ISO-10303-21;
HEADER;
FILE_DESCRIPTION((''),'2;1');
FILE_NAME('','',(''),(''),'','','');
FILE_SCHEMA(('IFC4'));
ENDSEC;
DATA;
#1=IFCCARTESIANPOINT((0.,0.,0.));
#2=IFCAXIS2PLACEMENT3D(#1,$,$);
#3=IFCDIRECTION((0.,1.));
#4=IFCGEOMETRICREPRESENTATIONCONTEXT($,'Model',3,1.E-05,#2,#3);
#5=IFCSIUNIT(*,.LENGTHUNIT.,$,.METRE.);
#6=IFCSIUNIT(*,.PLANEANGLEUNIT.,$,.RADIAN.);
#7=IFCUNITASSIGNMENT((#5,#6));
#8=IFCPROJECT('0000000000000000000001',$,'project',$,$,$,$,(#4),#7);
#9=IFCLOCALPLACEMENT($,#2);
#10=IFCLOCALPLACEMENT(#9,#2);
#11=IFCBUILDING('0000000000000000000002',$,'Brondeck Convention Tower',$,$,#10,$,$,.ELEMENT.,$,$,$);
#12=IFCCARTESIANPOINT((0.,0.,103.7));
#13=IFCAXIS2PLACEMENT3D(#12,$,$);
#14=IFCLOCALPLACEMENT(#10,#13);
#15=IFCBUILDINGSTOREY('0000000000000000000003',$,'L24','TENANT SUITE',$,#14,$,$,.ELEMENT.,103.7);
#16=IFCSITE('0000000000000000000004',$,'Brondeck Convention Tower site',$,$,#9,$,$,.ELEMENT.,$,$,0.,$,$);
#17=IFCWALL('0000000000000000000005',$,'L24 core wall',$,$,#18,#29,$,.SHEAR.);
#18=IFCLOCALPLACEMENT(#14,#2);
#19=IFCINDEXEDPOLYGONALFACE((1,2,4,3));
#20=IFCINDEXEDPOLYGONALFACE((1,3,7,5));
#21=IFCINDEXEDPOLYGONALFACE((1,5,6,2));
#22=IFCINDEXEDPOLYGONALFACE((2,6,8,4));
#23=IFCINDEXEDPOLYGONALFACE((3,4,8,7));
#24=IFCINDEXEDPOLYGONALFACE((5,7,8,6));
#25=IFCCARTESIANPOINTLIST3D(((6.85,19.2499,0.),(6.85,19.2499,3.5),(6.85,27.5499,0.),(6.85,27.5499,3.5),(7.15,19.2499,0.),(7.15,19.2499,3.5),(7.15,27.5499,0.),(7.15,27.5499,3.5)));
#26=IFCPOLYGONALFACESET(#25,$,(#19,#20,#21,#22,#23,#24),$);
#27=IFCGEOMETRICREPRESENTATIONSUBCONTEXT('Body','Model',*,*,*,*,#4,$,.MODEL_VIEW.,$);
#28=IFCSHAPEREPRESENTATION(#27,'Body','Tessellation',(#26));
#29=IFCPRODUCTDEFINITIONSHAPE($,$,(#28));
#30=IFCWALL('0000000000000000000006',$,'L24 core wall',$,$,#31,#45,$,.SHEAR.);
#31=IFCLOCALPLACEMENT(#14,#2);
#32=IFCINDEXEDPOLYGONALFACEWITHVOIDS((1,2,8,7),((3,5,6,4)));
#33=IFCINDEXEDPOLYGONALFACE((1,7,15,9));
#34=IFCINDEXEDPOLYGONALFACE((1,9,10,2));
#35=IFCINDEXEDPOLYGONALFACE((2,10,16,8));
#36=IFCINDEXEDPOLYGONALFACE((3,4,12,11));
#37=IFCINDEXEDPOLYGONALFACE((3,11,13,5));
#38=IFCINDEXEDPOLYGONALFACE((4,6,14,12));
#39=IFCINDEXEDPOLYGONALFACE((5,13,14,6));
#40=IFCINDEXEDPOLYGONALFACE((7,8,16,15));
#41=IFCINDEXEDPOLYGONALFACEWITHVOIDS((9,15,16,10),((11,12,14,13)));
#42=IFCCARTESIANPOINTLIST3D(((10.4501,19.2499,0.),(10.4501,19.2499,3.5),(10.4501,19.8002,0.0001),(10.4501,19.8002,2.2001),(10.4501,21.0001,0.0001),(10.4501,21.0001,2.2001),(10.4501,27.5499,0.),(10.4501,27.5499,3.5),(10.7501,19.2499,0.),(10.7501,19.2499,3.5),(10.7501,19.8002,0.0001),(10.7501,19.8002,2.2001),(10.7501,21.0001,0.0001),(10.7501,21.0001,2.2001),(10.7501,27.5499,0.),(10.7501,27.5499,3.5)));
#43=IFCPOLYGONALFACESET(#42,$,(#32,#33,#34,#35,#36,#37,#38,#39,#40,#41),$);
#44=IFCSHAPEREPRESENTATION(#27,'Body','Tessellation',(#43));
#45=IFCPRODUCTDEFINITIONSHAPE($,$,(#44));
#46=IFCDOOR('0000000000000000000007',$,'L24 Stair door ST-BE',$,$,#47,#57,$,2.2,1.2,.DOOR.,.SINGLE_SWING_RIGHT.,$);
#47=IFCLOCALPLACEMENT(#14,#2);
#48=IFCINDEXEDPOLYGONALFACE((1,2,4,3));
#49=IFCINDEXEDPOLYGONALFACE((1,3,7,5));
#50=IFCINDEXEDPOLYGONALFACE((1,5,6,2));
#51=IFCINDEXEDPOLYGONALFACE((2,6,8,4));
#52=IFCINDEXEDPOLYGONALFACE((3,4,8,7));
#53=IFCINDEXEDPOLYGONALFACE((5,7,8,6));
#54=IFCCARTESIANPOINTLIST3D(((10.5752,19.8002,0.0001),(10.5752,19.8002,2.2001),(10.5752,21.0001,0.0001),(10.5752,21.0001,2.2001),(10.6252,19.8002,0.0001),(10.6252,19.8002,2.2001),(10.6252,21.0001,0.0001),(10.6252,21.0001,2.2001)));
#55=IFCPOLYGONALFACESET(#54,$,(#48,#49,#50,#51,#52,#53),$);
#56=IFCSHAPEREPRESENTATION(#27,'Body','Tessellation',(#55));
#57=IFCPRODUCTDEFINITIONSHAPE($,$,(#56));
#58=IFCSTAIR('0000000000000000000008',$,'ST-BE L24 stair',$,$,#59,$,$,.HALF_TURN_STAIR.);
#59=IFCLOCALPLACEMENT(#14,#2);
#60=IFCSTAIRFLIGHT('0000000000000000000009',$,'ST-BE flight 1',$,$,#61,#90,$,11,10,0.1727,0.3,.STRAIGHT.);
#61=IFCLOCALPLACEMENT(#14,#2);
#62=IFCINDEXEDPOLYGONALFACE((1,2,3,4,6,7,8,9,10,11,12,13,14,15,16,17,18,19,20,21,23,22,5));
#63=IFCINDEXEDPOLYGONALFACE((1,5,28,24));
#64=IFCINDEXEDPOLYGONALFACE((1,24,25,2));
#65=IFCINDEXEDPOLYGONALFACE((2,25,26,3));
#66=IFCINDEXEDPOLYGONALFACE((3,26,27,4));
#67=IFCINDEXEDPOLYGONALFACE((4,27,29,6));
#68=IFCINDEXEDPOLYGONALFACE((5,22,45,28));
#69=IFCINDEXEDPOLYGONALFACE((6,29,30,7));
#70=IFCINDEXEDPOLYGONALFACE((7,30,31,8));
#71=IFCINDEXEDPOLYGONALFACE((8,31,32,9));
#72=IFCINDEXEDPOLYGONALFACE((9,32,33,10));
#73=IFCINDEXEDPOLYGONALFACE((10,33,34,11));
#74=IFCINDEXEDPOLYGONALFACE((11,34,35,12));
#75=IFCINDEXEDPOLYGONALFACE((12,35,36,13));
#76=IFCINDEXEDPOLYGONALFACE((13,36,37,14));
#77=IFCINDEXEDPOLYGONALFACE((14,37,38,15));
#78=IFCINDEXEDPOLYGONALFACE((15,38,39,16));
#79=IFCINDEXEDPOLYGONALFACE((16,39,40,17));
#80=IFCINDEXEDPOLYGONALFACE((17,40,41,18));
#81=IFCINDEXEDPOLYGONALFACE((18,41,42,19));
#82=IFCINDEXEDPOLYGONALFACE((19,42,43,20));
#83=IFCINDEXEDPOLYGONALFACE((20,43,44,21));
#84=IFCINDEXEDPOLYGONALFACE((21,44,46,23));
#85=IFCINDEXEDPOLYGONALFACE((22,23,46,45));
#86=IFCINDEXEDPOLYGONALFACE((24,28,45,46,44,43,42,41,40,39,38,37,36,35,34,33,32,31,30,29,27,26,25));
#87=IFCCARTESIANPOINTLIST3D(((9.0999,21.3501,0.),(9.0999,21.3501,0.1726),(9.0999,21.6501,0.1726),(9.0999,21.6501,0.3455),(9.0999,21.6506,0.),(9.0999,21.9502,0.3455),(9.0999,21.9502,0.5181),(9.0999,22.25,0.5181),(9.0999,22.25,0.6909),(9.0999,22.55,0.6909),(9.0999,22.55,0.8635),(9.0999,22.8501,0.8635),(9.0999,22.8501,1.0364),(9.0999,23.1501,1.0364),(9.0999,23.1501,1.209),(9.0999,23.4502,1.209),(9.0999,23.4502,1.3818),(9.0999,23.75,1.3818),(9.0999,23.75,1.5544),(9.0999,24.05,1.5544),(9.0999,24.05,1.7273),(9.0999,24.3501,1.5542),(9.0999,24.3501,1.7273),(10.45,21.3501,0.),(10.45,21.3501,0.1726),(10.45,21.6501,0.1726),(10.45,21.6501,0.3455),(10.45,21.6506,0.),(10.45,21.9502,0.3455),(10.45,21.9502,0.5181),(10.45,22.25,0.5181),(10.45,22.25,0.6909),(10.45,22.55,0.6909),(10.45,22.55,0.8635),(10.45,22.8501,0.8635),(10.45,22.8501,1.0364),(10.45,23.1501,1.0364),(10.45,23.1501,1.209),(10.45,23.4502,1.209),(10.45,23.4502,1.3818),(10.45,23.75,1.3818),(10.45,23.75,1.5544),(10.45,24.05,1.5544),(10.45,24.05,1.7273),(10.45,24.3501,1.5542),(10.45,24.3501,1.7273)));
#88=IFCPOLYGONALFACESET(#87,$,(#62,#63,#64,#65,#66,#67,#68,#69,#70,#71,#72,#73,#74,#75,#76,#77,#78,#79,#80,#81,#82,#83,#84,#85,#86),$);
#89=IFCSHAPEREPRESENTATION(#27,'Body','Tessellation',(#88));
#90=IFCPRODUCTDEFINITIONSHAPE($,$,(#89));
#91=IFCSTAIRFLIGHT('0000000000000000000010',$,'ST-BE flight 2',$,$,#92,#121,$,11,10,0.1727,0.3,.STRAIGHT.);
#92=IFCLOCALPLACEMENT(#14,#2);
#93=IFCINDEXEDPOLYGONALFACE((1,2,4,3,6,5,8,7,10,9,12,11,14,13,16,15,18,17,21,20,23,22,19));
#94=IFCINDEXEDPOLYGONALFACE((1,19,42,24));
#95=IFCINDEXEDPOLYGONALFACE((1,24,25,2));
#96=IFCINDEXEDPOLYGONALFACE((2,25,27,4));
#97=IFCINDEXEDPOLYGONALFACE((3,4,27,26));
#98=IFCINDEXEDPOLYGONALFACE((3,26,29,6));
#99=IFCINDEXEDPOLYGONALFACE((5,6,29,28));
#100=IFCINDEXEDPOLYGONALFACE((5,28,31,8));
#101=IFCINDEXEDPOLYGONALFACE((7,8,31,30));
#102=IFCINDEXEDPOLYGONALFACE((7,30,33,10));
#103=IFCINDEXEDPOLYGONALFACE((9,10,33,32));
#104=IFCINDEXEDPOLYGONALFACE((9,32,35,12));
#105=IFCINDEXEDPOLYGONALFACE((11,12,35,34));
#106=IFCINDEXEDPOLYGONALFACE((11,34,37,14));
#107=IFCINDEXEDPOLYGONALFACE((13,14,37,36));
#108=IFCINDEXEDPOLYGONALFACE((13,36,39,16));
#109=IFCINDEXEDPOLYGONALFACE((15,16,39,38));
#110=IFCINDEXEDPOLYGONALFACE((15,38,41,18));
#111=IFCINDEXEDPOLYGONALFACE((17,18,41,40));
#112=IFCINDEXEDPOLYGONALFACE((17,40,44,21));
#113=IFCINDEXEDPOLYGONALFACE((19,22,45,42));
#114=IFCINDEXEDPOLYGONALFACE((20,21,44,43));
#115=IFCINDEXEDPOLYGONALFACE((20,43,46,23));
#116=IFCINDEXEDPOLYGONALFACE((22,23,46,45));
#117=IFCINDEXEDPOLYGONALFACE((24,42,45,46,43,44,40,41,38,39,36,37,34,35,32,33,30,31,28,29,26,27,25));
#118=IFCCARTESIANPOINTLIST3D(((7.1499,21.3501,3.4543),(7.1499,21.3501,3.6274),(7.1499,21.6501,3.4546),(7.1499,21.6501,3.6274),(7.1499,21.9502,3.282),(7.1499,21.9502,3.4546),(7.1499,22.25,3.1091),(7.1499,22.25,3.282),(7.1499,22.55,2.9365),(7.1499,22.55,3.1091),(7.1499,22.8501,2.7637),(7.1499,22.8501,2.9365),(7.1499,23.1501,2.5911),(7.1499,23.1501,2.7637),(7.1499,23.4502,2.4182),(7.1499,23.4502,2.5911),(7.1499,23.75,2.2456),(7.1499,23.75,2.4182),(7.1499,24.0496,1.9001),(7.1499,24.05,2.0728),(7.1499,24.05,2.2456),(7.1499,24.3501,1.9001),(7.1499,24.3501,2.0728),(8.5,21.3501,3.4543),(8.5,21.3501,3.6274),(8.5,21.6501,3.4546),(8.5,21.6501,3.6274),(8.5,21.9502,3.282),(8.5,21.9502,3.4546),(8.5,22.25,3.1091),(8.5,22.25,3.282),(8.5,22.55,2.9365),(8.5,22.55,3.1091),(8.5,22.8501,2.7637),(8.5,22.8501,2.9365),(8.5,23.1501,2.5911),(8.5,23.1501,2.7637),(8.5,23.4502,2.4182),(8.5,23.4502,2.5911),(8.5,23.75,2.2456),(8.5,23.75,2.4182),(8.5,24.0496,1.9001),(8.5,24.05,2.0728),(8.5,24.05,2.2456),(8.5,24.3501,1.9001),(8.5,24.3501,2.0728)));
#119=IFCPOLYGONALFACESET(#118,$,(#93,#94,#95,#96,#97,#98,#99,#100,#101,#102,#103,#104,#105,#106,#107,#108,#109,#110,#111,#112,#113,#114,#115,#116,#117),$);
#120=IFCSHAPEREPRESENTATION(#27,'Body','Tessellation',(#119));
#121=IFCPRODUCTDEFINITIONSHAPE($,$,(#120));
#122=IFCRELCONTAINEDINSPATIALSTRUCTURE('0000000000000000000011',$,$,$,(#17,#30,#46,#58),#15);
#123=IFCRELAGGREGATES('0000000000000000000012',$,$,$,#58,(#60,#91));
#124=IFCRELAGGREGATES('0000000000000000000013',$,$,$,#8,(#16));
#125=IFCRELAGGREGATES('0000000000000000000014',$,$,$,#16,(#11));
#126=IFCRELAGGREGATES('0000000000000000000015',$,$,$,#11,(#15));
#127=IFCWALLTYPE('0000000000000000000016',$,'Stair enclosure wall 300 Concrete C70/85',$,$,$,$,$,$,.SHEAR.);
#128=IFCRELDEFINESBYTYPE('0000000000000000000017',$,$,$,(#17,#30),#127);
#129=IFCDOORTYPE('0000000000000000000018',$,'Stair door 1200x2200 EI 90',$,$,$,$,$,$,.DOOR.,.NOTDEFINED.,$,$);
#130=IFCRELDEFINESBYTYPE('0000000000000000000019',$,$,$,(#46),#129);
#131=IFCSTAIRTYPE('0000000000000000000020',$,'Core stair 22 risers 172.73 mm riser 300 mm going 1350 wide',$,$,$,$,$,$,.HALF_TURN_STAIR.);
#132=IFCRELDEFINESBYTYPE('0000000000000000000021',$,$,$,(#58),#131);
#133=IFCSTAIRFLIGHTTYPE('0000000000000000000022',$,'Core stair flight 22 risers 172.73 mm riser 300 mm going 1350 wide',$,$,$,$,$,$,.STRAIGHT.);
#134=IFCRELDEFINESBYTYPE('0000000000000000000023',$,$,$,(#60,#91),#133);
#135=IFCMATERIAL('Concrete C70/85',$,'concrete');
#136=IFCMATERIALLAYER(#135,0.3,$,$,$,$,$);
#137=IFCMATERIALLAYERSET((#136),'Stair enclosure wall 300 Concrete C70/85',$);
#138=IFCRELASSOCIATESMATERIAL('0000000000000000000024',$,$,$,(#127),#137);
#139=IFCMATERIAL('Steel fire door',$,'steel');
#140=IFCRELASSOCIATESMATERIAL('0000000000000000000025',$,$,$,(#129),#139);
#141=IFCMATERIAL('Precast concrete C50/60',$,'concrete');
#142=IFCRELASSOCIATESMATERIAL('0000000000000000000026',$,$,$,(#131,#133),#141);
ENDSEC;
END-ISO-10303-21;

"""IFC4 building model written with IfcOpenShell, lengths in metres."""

from ifc_helpers import new_model, si_unit, direction, frame, frame_2d, origin, place, context, subcontext, project, spatial, polyline, rectangle, outline, extrude, material, layer, layer_set, type_object, element, fill, aggregate, save


model = new_model("IFC4")

# Units and contexts
model_context = context("Model", 3, precision=1e-05, world=origin(), true_north=direction((0.0, 1.0)))
body_context = subcontext(model_context, "Body", "Model", "MODEL_VIEW")
ifc_project = project(units=[si_unit("LENGTHUNIT", "METRE"), si_unit("PLANEANGLEUNIT", "RADIAN")], contexts=[model_context])

# Site, building, storey
site_placement = place(None, origin())
site = spatial("IfcSite", under=ifc_project, at=site_placement, Name="Brondeck Convention Tower site", CompositionType="ELEMENT", RefElevation=0.0)
building_placement = place(site_placement, origin())
building = spatial("IfcBuilding", under=site, at=building_placement, Name="Brondeck Convention Tower", CompositionType="ELEMENT")
storey_placement = place(building_placement, frame((0.0, 0.0, 103.7)))
storey = spatial("IfcBuildingStorey", under=building, at=storey_placement, Name="L24", Description="TENANT SUITE", CompositionType="ELEMENT", Elevation=103.7)

# Shared definitions
ifc_material_1 = material(Name="Concrete C70/85", Category="concrete")

# Wall
ifc_layer_1 = layer(ifc_material_1, 0.3)
ifc_layer_set_1 = layer_set([ifc_layer_1], Name="Stair enclosure wall 300 Concrete C70/85")
wall_type_1 = type_object("IfcWallType", Name="Stair enclosure wall 300 Concrete C70/85", PredefinedType="SHEAR", material=ifc_layer_set_1)
wall_1_placement = place(storey_placement, frame((7.0, 19.25, 0.0), z_axis=(0.0, 0.0, 1.0), x_axis=(0.0, 1.0, 0.0)))
element("IfcWall", 1, at=wall_1_placement, inside=storey, type_object=wall_type_1, Name="L24 core wall", PredefinedType="SHEAR", context=body_context, shape_type="SweptSolid", body=[
    extrude(rectangle(XDim=8.3, YDim=0.3, at=frame_2d((4.1499, 0.0))), origin(), (0.0, 0.0, 1.0), 3.5),
])

# Wall, opening, door
wall_2_placement = place(storey_placement, frame((10.6001, 19.25, 0.0), z_axis=(0.0, 0.0, 1.0), x_axis=(0.0, 1.0, 0.0)))
wall_2 = element("IfcWall", 2, at=wall_2_placement, inside=storey, type_object=wall_type_1, Name="L24 core wall", PredefinedType="SHEAR", context=body_context, shape_type="SweptSolid", body=[
    extrude(rectangle(XDim=8.3, YDim=0.3, at=frame_2d((4.1499, 0.0))), origin(), (0.0, 0.0, 1.0), 3.5),
])
opening_1_placement = place(wall_2_placement, frame((0.55, 0.0, 0.0)))
opening_1 = element("IfcOpeningElement", 3, at=opening_1_placement, cuts=wall_2, PredefinedType="OPENING", context=body_context, shape_type="SweptSolid", body=[
    extrude(rectangle(XDim=1.2, YDim=2.2, at=frame_2d((0.6001, 1.1001))), frame((0.0, 0.1599, 0.0), z_axis=(0.0, -1.0, 0.0), x_axis=(1.0, 0.0, 0.0)), (0.0, 0.0, 1.0), 0.3201),
])
ifc_material_2 = material(Name="Steel fire door", Category="steel")
door_type = type_object("IfcDoorType", Name="Stair door 1200x2200 EI 90", OperationType="NOTDEFINED", PredefinedType="DOOR", material=ifc_material_2)
door_placement = place(opening_1_placement, origin())
door = element("IfcDoor", 4, at=door_placement, inside=storey, type_object=door_type, Name="L24 Stair door ST-BE", OperationType="SINGLE_SWING_RIGHT", OverallHeight=2.2, OverallWidth=1.2, PredefinedType="DOOR", context=body_context, shape_type="SweptSolid", body=[
    extrude(rectangle(XDim=1.2, YDim=2.2, at=frame_2d((0.6001, 1.1001))), frame((0.0, 0.0249, 0.0), z_axis=(0.0, -1.0, 0.0), x_axis=(1.0, 0.0, 0.0)), (0.0, 0.0, 1.0), 0.05),
])
fill(opening_1, door)

# Stair, stair flights
ifc_material_3 = material(Name="Precast concrete C50/60", Category="concrete")
stair_type = type_object("IfcStairType", Name="Core stair 22 risers 172.73 mm riser 300 mm going 1350 wide", PredefinedType="HALF_TURN_STAIR", material=ifc_material_3)
stair_placement = place(storey_placement, origin())
stair = element("IfcStair", 5, at=stair_placement, inside=storey, type_object=stair_type, Name="ST-BE L24 stair", PredefinedType="HALF_TURN_STAIR")
stair_flight_type = type_object("IfcStairFlightType", Name="Core stair flight 22 risers 172.73 mm riser 300 mm going 1350 wide", PredefinedType="STRAIGHT", material=ifc_material_3)
stair_flight_1_placement = place(storey_placement, frame((9.7749, 21.3501, 0.0), z_axis=(0.0, 0.0, 1.0), x_axis=(0.0, 1.0, 0.0)))
stair_flight_1 = element("IfcStairFlight", 6, at=stair_flight_1_placement, type_object=stair_flight_type, Name="ST-BE flight 1", NumberOfRisers=11, NumberOfTreads=10, PredefinedType="STRAIGHT", RiserHeight=0.1727, TreadLength=0.3, context=body_context, shape_type="SweptSolid", body=[
    extrude(outline(polyline([(0.0, 0.0), (0.0, 0.1726), (0.3, 0.1726), (0.3, 0.3455), (0.6001, 0.3455), (0.6001, 0.5181), (0.8999, 0.5181), (0.8999, 0.6909), (1.2, 0.6909), (1.2, 0.8635), (1.5, 0.8635), (1.5, 1.0364), (1.8, 1.0364), (1.8, 1.209), (2.1001, 1.209), (2.1001, 1.3818), (2.3999, 1.3818), (2.3999, 1.5544), (2.7, 1.5544), (2.7, 1.7273), (3.0, 1.7273), (3.0, 1.8999), (3.0, 1.5542), (0.3005, 0.0), (0.0, 0.0)])), frame((0.0, 0.675, 0.0), z_axis=(0.0, -1.0, 0.0), x_axis=(1.0, 0.0, 0.0)), (0.0, 0.0, 1.0), 1.3501),
])
stair_flight_2_placement = place(storey_placement, frame((7.825, 24.3501, 1.9001), z_axis=(0.0, 0.0, 1.0), x_axis=(0.0, -1.0, 0.0)))
stair_flight_2 = element("IfcStairFlight", 7, at=stair_flight_2_placement, type_object=stair_flight_type, Name="ST-BE flight 2", NumberOfRisers=11, NumberOfTreads=10, PredefinedType="STRAIGHT", RiserHeight=0.1727, TreadLength=0.3, context=body_context, shape_type="SweptSolid", body=[
    extrude(outline(polyline([(0.0, 0.0), (0.0, 0.1726), (0.3, 0.1726), (0.3, 0.3455), (0.6001, 0.3455), (0.6001, 0.5181), (0.8999, 0.5181), (0.8999, 0.6909), (1.2, 0.6909), (1.2, 0.8635), (1.5, 0.8635), (1.5, 1.0364), (1.8, 1.0364), (1.8, 1.209), (2.1001, 1.209), (2.1001, 1.3818), (2.3999, 1.3818), (2.3999, 1.5544), (2.7, 1.5544), (2.7, 1.7273), (3.0, 1.7273), (3.0, 1.8999), (3.0, 1.5542), (0.3005, 0.0), (0.0, 0.0)])), frame((0.0, 0.675, 0.0), z_axis=(0.0, -1.0, 0.0), x_axis=(1.0, 0.0, 0.0)), (0.0, 0.0, 1.0), 1.3501),
])
aggregate(stair, [stair_flight_1, stair_flight_2])

save(model, "model.ifc")
